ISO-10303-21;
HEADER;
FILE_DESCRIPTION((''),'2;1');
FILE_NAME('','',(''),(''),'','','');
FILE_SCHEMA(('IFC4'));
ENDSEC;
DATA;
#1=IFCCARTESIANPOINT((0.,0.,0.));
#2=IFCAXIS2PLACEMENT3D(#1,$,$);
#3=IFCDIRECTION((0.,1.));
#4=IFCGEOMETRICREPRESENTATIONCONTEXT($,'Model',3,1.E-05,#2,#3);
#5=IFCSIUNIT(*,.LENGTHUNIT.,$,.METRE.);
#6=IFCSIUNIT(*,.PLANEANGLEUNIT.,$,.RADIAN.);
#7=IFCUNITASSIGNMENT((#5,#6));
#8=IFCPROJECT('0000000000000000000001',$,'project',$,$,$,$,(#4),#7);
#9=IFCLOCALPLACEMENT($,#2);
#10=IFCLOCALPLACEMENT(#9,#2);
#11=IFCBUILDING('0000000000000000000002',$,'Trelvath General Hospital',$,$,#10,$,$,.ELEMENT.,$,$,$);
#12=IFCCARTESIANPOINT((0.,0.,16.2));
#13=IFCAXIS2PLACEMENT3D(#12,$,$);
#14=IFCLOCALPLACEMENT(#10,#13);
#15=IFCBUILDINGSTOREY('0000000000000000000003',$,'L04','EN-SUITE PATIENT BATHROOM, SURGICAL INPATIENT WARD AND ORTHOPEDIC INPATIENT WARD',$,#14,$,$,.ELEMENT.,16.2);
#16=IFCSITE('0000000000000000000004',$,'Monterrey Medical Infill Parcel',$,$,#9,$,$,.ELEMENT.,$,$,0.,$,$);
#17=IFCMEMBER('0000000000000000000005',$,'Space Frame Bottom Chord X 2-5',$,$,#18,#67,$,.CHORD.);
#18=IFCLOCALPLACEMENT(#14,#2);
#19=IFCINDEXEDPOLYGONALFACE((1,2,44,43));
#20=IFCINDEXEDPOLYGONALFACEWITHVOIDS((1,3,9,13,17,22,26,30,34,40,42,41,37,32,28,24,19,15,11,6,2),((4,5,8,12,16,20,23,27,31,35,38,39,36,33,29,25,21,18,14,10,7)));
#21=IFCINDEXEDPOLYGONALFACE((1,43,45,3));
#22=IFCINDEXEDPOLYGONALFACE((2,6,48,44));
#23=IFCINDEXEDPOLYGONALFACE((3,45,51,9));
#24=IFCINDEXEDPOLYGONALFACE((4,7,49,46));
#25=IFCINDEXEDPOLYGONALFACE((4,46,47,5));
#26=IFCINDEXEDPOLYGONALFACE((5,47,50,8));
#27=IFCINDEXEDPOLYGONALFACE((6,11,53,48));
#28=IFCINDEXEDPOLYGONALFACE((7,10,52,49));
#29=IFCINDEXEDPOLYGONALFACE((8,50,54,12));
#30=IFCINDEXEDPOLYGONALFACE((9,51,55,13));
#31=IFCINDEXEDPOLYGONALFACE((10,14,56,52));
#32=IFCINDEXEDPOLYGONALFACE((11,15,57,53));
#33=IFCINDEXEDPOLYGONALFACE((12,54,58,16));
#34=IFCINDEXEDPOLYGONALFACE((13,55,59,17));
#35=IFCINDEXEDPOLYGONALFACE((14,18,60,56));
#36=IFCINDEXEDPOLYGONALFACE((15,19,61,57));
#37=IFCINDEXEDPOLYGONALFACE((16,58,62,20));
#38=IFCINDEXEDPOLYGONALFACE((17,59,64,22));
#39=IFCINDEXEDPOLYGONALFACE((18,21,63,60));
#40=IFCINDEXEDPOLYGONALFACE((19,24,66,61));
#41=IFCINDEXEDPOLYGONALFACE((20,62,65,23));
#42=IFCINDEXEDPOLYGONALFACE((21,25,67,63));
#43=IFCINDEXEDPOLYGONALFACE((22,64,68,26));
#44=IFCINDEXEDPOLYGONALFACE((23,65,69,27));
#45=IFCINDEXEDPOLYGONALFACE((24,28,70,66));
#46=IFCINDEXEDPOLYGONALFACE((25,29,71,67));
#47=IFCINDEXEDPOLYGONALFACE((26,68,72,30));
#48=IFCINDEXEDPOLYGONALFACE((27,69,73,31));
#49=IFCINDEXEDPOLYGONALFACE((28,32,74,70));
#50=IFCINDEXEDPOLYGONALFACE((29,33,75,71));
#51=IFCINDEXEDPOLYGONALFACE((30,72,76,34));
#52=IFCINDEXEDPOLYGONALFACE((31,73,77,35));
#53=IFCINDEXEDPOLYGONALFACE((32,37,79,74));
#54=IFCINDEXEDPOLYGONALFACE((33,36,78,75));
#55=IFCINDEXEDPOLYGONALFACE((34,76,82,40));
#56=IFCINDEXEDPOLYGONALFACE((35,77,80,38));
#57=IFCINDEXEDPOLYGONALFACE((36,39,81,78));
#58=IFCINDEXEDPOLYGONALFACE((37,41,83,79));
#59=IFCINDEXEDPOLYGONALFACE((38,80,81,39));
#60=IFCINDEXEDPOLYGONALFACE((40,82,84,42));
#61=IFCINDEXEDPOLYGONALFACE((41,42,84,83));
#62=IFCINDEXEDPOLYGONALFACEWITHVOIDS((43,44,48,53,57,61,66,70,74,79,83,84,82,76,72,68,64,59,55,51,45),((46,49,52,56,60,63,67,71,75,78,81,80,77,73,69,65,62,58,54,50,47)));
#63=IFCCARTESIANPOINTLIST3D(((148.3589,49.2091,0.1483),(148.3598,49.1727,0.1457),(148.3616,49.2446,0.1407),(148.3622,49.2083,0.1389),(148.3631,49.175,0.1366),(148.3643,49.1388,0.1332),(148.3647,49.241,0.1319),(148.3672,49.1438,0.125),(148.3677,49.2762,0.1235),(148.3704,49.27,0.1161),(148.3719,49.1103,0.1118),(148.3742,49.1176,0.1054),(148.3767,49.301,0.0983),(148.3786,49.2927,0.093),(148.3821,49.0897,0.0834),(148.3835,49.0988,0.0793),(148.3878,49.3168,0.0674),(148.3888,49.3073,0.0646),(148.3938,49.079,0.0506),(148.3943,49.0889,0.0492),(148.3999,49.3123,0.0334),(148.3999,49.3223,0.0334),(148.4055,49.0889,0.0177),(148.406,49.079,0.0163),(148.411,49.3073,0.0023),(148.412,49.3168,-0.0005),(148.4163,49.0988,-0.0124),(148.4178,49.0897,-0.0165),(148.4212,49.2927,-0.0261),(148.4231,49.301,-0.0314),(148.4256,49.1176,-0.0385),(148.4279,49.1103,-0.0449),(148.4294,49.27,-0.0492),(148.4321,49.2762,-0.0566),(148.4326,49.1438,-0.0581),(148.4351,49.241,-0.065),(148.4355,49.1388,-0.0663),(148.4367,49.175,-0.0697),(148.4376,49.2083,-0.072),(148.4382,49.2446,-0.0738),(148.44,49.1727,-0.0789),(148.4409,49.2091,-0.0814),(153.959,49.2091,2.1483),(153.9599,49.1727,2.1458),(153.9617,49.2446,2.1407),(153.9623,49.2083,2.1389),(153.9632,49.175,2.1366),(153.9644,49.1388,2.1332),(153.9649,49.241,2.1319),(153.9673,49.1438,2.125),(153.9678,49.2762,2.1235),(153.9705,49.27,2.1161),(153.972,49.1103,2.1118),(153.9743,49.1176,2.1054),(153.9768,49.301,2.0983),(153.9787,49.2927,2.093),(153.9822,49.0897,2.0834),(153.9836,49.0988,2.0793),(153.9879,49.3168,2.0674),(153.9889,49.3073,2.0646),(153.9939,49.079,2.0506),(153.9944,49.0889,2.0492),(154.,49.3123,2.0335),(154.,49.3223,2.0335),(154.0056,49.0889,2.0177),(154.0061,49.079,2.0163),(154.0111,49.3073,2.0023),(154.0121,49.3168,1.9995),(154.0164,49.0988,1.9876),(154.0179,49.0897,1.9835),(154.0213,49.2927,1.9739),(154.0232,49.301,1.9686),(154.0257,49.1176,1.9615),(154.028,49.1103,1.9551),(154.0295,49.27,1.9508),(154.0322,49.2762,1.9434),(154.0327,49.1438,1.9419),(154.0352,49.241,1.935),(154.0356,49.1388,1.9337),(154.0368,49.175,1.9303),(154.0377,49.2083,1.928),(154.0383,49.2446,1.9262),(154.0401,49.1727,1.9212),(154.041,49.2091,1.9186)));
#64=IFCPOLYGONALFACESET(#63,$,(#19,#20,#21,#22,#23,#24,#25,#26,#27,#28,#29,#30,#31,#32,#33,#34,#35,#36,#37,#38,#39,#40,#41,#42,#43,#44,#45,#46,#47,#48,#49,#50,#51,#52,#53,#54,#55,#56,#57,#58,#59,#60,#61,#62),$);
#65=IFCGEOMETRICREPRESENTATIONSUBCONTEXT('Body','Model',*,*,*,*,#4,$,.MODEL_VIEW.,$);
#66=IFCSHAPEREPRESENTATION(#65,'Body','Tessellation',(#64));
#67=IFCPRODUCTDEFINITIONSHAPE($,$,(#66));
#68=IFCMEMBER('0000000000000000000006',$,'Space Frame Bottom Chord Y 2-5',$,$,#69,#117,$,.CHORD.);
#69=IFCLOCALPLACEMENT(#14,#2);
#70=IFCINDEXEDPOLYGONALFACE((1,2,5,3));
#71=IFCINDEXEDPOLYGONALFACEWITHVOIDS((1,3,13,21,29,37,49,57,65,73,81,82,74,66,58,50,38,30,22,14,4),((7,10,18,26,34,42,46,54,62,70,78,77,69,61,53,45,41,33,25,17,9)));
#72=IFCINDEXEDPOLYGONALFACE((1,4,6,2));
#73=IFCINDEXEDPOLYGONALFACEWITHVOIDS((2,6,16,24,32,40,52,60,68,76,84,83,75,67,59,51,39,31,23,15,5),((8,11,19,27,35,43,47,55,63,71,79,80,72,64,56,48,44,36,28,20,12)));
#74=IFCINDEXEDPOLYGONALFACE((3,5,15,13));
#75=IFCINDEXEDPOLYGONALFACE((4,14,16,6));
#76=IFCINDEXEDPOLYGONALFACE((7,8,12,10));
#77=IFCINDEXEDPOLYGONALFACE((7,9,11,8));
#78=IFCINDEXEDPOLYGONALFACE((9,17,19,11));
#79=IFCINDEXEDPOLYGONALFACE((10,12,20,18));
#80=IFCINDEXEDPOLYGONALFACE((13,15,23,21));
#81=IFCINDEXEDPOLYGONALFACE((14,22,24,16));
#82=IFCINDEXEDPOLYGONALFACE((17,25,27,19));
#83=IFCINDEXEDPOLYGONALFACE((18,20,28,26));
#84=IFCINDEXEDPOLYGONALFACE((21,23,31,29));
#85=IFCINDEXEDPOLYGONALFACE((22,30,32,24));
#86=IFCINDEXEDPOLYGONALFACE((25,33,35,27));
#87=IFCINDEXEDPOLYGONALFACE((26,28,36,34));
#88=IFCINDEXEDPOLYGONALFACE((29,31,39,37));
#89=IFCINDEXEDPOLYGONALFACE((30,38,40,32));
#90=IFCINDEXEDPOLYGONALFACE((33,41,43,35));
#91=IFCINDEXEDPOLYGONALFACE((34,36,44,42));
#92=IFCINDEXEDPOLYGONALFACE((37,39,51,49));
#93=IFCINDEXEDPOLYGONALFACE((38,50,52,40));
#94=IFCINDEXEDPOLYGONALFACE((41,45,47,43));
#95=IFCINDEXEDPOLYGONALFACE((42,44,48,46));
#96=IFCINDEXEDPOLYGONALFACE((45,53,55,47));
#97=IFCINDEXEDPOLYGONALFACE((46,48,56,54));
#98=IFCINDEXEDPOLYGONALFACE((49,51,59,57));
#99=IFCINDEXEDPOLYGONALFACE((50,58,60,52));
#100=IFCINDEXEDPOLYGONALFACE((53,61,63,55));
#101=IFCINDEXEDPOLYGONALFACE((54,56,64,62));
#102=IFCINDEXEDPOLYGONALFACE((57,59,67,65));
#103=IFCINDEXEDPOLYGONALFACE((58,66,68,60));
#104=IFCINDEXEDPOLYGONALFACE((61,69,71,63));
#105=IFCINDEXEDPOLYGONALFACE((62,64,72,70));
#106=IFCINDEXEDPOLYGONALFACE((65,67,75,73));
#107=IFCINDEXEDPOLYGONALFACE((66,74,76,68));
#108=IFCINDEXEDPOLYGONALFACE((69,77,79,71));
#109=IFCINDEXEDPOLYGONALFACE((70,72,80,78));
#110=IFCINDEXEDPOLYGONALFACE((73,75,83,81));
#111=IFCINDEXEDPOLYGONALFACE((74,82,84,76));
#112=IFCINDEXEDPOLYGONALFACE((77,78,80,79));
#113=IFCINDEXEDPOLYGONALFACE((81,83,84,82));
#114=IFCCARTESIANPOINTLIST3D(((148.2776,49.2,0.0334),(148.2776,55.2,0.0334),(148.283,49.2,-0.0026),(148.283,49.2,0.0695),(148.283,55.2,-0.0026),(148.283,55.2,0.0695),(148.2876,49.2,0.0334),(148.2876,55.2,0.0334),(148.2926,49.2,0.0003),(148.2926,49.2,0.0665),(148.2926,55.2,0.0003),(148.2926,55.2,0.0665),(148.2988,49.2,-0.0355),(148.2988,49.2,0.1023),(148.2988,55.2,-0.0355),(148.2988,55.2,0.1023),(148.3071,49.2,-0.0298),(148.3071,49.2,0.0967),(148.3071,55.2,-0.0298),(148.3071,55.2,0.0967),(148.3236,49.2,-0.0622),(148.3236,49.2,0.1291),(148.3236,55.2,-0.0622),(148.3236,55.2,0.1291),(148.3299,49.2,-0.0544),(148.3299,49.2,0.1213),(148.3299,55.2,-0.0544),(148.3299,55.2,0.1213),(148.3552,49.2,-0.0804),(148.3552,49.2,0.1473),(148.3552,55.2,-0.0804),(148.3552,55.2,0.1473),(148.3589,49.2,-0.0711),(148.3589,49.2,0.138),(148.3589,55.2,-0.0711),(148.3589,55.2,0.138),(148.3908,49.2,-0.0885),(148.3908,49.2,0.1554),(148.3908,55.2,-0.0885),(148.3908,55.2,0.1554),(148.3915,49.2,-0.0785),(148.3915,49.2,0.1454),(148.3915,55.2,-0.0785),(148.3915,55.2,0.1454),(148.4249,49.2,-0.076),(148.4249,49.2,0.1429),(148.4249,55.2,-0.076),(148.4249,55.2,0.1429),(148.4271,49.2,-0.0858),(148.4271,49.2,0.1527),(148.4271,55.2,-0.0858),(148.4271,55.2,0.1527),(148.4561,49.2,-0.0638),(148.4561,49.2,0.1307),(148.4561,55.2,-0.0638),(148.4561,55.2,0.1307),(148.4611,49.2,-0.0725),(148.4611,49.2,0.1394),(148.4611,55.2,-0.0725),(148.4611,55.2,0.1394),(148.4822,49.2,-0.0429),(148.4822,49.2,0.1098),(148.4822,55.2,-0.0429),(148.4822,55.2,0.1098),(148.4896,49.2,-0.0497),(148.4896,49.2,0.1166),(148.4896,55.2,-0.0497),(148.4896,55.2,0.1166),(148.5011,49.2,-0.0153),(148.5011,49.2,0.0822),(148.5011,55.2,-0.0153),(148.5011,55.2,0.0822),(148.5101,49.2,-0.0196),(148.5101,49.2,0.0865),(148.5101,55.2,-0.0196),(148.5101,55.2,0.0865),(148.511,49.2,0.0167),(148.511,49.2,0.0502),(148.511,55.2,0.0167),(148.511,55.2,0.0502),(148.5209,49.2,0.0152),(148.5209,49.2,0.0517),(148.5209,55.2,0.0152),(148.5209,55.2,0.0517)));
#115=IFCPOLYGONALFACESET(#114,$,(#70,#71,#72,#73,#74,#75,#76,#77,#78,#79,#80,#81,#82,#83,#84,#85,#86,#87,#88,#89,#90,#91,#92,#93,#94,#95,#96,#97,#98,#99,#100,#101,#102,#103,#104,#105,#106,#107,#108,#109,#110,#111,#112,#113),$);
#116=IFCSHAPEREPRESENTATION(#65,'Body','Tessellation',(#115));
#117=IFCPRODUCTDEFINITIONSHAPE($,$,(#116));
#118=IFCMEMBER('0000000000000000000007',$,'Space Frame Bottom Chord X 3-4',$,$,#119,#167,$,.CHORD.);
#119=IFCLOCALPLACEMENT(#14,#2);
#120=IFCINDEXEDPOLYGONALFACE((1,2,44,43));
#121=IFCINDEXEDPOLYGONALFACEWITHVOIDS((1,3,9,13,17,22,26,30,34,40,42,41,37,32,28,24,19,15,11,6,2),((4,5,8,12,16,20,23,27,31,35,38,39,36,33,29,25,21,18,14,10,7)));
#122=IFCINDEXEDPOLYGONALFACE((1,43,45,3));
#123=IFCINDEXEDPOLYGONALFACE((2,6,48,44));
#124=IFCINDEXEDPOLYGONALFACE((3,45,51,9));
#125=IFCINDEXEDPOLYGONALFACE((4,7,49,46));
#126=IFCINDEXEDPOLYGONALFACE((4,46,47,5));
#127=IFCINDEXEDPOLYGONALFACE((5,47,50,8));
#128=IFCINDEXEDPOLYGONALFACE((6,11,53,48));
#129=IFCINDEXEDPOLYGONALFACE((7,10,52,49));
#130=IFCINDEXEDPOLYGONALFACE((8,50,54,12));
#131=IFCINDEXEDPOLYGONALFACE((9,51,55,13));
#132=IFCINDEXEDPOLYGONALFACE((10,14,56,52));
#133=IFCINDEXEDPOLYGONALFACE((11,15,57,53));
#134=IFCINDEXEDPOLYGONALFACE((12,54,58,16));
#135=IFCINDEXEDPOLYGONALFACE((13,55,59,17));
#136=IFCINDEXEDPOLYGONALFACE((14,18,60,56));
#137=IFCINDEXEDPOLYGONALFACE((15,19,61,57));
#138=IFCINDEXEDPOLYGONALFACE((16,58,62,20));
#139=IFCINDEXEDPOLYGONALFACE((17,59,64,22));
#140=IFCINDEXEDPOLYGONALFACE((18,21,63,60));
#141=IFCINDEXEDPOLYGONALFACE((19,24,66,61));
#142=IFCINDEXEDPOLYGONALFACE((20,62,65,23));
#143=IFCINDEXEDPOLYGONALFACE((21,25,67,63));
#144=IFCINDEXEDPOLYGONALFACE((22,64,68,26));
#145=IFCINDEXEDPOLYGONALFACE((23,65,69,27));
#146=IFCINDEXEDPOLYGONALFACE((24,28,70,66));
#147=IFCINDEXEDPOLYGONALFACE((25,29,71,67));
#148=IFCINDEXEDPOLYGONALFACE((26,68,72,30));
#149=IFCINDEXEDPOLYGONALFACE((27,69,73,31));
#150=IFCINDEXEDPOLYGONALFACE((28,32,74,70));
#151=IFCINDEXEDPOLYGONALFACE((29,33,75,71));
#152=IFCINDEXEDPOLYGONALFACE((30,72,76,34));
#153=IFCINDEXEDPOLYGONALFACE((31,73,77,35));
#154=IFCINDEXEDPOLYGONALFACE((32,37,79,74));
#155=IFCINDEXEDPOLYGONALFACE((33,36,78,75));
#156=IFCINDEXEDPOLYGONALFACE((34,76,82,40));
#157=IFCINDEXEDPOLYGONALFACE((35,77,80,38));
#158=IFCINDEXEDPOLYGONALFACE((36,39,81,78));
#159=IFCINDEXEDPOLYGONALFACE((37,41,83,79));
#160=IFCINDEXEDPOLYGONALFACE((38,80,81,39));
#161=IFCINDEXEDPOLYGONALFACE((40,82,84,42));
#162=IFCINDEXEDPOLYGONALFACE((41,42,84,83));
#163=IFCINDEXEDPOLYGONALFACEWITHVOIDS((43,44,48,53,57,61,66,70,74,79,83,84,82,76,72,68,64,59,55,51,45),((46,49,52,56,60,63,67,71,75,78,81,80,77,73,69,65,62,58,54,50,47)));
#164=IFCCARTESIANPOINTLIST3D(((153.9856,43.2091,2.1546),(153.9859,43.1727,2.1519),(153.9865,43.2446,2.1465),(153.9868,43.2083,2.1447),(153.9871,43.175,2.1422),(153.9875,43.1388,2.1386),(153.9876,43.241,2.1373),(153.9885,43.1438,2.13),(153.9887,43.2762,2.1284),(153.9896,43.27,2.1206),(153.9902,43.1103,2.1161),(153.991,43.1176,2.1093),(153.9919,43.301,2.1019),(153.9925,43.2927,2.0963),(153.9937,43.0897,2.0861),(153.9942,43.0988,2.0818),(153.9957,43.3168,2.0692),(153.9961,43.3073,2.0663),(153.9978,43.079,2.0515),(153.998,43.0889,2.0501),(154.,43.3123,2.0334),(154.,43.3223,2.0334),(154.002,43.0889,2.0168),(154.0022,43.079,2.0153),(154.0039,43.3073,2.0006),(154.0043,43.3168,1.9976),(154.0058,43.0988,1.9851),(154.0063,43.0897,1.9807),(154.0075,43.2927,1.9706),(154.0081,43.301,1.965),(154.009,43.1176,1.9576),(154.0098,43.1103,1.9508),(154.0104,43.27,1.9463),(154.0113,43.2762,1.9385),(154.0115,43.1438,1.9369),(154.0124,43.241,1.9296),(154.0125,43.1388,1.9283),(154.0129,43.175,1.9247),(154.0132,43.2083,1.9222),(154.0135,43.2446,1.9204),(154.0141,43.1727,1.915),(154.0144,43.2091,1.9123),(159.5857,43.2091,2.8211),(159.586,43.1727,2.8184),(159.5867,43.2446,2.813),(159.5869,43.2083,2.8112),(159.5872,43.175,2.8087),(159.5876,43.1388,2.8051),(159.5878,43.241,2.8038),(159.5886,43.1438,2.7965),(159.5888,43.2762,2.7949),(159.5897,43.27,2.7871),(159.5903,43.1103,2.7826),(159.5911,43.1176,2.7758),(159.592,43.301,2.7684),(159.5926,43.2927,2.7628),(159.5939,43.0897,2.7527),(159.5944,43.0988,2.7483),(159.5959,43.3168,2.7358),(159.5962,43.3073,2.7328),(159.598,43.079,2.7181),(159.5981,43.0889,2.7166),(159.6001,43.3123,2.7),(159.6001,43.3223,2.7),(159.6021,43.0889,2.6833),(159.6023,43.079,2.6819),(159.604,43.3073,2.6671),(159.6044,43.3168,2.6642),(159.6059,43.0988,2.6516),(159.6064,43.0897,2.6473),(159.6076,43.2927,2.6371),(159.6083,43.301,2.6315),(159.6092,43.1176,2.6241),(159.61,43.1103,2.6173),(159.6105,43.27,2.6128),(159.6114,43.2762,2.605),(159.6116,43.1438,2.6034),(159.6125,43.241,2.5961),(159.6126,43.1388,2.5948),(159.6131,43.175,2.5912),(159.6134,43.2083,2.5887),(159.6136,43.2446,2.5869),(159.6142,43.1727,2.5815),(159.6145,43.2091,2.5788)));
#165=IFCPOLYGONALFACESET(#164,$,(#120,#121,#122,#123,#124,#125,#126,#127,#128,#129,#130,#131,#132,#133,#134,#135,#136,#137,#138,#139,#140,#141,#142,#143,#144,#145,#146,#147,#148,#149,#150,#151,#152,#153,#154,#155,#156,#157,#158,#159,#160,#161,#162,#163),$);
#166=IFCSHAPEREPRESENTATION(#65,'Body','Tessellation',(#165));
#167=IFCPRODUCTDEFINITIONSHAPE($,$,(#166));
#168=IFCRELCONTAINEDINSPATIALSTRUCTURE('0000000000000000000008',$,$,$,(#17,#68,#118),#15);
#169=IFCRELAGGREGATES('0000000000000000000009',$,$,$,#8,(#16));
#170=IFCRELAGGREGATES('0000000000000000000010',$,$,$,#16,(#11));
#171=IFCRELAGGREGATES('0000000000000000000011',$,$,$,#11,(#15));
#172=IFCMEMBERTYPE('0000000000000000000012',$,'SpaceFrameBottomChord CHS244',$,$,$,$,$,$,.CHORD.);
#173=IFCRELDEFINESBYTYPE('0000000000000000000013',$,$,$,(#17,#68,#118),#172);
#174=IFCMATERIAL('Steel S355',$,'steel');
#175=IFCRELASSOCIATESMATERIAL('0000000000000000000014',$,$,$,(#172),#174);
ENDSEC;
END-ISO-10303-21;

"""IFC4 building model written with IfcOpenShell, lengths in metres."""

from ifc_helpers import new_model, si_unit, direction, frame, origin, origin_2d, place, context, subcontext, project, spatial, hollow_circle, extrude, material, material_profile, profile_set, type_object, element, save


model = new_model("IFC4")

# Units and contexts
model_context = context("Model", 3, precision=1e-05, world=origin(), true_north=direction((0.0, 1.0)))
body_context = subcontext(model_context, "Body", "Model", "MODEL_VIEW")
ifc_project = project(units=[si_unit("LENGTHUNIT", "METRE"), si_unit("PLANEANGLEUNIT", "RADIAN")], contexts=[model_context])

# Site, building, storey
site_placement = place(None, origin())
site = spatial("IfcSite", under=ifc_project, at=site_placement, Name="Monterrey Medical Infill Parcel", CompositionType="ELEMENT", RefElevation=0.0)
building_placement = place(site_placement, origin())
building = spatial("IfcBuilding", under=site, at=building_placement, Name="Trelvath General Hospital", CompositionType="ELEMENT")
storey_placement = place(building_placement, frame((0.0, 0.0, 16.2)))
storey = spatial("IfcBuildingStorey", under=building, at=storey_placement, Name="L04", Description="EN-SUITE PATIENT BATHROOM, SURGICAL INPATIENT WARD AND ORTHOPEDIC INPATIENT WARD", CompositionType="ELEMENT", Elevation=16.2)

# Members
ifc_material_1 = material(Name="Steel S355", Category="steel")
ifc_material_profile_1 = material_profile(ifc_material_1, hollow_circle(Radius=0.1223, WallThickness=0.01, at=origin_2d()), Name="CHS244.5x10.0")
ifc_profile_set_1 = profile_set([ifc_material_profile_1], Name="Steel S355")
member_type_1 = type_object("IfcMemberType", Name="SpaceFrameBottomChord CHS244", PredefinedType="CHORD", material=ifc_profile_set_1)
member_1_placement = place(storey_placement, frame((148.3999, 49.2, 0.0334), z_axis=(0.941744, 0.0, 0.336331), x_axis=(0.0, 1.0, 0.0)))
element("IfcMember", 1, at=member_1_placement, inside=storey, type_object=member_type_1, Name="Space Frame Bottom Chord X 2-5", PredefinedType="CHORD", context=body_context, shape_type="SweptSolid", body=[
    extrude(hollow_circle(Radius=0.1223, WallThickness=0.01, at=origin_2d()), origin(), (0.0, 0.0, 1.0), 5.9465),
])
member_2_placement = place(storey_placement, frame((148.3999, 49.2, 0.0334), z_axis=(0.0, 1.0, 0.0), x_axis=(-1.0, 0.0, 0.0)))
element("IfcMember", 2, at=member_2_placement, inside=storey, type_object=member_type_1, Name="Space Frame Bottom Chord Y 2-5", PredefinedType="CHORD", context=body_context, shape_type="SweptSolid", body=[
    extrude(hollow_circle(Radius=0.1223, WallThickness=0.01, at=origin_2d()), origin(), (0.0, 0.0, 1.0), 6.0),
])
member_3_placement = place(storey_placement, frame((154.0, 43.2, 2.0334), z_axis=(0.992992, 0.0, 0.118182), x_axis=(0.0, 1.0, 0.0)))
element("IfcMember", 3, at=member_3_placement, inside=storey, type_object=member_type_1, Name="Space Frame Bottom Chord X 3-4", PredefinedType="CHORD", context=body_context, shape_type="SweptSolid", body=[
    extrude(hollow_circle(Radius=0.1223, WallThickness=0.01, at=origin_2d()), origin(), (0.0, 0.0, 1.0), 5.6396),
])

save(model, "model.ifc")
